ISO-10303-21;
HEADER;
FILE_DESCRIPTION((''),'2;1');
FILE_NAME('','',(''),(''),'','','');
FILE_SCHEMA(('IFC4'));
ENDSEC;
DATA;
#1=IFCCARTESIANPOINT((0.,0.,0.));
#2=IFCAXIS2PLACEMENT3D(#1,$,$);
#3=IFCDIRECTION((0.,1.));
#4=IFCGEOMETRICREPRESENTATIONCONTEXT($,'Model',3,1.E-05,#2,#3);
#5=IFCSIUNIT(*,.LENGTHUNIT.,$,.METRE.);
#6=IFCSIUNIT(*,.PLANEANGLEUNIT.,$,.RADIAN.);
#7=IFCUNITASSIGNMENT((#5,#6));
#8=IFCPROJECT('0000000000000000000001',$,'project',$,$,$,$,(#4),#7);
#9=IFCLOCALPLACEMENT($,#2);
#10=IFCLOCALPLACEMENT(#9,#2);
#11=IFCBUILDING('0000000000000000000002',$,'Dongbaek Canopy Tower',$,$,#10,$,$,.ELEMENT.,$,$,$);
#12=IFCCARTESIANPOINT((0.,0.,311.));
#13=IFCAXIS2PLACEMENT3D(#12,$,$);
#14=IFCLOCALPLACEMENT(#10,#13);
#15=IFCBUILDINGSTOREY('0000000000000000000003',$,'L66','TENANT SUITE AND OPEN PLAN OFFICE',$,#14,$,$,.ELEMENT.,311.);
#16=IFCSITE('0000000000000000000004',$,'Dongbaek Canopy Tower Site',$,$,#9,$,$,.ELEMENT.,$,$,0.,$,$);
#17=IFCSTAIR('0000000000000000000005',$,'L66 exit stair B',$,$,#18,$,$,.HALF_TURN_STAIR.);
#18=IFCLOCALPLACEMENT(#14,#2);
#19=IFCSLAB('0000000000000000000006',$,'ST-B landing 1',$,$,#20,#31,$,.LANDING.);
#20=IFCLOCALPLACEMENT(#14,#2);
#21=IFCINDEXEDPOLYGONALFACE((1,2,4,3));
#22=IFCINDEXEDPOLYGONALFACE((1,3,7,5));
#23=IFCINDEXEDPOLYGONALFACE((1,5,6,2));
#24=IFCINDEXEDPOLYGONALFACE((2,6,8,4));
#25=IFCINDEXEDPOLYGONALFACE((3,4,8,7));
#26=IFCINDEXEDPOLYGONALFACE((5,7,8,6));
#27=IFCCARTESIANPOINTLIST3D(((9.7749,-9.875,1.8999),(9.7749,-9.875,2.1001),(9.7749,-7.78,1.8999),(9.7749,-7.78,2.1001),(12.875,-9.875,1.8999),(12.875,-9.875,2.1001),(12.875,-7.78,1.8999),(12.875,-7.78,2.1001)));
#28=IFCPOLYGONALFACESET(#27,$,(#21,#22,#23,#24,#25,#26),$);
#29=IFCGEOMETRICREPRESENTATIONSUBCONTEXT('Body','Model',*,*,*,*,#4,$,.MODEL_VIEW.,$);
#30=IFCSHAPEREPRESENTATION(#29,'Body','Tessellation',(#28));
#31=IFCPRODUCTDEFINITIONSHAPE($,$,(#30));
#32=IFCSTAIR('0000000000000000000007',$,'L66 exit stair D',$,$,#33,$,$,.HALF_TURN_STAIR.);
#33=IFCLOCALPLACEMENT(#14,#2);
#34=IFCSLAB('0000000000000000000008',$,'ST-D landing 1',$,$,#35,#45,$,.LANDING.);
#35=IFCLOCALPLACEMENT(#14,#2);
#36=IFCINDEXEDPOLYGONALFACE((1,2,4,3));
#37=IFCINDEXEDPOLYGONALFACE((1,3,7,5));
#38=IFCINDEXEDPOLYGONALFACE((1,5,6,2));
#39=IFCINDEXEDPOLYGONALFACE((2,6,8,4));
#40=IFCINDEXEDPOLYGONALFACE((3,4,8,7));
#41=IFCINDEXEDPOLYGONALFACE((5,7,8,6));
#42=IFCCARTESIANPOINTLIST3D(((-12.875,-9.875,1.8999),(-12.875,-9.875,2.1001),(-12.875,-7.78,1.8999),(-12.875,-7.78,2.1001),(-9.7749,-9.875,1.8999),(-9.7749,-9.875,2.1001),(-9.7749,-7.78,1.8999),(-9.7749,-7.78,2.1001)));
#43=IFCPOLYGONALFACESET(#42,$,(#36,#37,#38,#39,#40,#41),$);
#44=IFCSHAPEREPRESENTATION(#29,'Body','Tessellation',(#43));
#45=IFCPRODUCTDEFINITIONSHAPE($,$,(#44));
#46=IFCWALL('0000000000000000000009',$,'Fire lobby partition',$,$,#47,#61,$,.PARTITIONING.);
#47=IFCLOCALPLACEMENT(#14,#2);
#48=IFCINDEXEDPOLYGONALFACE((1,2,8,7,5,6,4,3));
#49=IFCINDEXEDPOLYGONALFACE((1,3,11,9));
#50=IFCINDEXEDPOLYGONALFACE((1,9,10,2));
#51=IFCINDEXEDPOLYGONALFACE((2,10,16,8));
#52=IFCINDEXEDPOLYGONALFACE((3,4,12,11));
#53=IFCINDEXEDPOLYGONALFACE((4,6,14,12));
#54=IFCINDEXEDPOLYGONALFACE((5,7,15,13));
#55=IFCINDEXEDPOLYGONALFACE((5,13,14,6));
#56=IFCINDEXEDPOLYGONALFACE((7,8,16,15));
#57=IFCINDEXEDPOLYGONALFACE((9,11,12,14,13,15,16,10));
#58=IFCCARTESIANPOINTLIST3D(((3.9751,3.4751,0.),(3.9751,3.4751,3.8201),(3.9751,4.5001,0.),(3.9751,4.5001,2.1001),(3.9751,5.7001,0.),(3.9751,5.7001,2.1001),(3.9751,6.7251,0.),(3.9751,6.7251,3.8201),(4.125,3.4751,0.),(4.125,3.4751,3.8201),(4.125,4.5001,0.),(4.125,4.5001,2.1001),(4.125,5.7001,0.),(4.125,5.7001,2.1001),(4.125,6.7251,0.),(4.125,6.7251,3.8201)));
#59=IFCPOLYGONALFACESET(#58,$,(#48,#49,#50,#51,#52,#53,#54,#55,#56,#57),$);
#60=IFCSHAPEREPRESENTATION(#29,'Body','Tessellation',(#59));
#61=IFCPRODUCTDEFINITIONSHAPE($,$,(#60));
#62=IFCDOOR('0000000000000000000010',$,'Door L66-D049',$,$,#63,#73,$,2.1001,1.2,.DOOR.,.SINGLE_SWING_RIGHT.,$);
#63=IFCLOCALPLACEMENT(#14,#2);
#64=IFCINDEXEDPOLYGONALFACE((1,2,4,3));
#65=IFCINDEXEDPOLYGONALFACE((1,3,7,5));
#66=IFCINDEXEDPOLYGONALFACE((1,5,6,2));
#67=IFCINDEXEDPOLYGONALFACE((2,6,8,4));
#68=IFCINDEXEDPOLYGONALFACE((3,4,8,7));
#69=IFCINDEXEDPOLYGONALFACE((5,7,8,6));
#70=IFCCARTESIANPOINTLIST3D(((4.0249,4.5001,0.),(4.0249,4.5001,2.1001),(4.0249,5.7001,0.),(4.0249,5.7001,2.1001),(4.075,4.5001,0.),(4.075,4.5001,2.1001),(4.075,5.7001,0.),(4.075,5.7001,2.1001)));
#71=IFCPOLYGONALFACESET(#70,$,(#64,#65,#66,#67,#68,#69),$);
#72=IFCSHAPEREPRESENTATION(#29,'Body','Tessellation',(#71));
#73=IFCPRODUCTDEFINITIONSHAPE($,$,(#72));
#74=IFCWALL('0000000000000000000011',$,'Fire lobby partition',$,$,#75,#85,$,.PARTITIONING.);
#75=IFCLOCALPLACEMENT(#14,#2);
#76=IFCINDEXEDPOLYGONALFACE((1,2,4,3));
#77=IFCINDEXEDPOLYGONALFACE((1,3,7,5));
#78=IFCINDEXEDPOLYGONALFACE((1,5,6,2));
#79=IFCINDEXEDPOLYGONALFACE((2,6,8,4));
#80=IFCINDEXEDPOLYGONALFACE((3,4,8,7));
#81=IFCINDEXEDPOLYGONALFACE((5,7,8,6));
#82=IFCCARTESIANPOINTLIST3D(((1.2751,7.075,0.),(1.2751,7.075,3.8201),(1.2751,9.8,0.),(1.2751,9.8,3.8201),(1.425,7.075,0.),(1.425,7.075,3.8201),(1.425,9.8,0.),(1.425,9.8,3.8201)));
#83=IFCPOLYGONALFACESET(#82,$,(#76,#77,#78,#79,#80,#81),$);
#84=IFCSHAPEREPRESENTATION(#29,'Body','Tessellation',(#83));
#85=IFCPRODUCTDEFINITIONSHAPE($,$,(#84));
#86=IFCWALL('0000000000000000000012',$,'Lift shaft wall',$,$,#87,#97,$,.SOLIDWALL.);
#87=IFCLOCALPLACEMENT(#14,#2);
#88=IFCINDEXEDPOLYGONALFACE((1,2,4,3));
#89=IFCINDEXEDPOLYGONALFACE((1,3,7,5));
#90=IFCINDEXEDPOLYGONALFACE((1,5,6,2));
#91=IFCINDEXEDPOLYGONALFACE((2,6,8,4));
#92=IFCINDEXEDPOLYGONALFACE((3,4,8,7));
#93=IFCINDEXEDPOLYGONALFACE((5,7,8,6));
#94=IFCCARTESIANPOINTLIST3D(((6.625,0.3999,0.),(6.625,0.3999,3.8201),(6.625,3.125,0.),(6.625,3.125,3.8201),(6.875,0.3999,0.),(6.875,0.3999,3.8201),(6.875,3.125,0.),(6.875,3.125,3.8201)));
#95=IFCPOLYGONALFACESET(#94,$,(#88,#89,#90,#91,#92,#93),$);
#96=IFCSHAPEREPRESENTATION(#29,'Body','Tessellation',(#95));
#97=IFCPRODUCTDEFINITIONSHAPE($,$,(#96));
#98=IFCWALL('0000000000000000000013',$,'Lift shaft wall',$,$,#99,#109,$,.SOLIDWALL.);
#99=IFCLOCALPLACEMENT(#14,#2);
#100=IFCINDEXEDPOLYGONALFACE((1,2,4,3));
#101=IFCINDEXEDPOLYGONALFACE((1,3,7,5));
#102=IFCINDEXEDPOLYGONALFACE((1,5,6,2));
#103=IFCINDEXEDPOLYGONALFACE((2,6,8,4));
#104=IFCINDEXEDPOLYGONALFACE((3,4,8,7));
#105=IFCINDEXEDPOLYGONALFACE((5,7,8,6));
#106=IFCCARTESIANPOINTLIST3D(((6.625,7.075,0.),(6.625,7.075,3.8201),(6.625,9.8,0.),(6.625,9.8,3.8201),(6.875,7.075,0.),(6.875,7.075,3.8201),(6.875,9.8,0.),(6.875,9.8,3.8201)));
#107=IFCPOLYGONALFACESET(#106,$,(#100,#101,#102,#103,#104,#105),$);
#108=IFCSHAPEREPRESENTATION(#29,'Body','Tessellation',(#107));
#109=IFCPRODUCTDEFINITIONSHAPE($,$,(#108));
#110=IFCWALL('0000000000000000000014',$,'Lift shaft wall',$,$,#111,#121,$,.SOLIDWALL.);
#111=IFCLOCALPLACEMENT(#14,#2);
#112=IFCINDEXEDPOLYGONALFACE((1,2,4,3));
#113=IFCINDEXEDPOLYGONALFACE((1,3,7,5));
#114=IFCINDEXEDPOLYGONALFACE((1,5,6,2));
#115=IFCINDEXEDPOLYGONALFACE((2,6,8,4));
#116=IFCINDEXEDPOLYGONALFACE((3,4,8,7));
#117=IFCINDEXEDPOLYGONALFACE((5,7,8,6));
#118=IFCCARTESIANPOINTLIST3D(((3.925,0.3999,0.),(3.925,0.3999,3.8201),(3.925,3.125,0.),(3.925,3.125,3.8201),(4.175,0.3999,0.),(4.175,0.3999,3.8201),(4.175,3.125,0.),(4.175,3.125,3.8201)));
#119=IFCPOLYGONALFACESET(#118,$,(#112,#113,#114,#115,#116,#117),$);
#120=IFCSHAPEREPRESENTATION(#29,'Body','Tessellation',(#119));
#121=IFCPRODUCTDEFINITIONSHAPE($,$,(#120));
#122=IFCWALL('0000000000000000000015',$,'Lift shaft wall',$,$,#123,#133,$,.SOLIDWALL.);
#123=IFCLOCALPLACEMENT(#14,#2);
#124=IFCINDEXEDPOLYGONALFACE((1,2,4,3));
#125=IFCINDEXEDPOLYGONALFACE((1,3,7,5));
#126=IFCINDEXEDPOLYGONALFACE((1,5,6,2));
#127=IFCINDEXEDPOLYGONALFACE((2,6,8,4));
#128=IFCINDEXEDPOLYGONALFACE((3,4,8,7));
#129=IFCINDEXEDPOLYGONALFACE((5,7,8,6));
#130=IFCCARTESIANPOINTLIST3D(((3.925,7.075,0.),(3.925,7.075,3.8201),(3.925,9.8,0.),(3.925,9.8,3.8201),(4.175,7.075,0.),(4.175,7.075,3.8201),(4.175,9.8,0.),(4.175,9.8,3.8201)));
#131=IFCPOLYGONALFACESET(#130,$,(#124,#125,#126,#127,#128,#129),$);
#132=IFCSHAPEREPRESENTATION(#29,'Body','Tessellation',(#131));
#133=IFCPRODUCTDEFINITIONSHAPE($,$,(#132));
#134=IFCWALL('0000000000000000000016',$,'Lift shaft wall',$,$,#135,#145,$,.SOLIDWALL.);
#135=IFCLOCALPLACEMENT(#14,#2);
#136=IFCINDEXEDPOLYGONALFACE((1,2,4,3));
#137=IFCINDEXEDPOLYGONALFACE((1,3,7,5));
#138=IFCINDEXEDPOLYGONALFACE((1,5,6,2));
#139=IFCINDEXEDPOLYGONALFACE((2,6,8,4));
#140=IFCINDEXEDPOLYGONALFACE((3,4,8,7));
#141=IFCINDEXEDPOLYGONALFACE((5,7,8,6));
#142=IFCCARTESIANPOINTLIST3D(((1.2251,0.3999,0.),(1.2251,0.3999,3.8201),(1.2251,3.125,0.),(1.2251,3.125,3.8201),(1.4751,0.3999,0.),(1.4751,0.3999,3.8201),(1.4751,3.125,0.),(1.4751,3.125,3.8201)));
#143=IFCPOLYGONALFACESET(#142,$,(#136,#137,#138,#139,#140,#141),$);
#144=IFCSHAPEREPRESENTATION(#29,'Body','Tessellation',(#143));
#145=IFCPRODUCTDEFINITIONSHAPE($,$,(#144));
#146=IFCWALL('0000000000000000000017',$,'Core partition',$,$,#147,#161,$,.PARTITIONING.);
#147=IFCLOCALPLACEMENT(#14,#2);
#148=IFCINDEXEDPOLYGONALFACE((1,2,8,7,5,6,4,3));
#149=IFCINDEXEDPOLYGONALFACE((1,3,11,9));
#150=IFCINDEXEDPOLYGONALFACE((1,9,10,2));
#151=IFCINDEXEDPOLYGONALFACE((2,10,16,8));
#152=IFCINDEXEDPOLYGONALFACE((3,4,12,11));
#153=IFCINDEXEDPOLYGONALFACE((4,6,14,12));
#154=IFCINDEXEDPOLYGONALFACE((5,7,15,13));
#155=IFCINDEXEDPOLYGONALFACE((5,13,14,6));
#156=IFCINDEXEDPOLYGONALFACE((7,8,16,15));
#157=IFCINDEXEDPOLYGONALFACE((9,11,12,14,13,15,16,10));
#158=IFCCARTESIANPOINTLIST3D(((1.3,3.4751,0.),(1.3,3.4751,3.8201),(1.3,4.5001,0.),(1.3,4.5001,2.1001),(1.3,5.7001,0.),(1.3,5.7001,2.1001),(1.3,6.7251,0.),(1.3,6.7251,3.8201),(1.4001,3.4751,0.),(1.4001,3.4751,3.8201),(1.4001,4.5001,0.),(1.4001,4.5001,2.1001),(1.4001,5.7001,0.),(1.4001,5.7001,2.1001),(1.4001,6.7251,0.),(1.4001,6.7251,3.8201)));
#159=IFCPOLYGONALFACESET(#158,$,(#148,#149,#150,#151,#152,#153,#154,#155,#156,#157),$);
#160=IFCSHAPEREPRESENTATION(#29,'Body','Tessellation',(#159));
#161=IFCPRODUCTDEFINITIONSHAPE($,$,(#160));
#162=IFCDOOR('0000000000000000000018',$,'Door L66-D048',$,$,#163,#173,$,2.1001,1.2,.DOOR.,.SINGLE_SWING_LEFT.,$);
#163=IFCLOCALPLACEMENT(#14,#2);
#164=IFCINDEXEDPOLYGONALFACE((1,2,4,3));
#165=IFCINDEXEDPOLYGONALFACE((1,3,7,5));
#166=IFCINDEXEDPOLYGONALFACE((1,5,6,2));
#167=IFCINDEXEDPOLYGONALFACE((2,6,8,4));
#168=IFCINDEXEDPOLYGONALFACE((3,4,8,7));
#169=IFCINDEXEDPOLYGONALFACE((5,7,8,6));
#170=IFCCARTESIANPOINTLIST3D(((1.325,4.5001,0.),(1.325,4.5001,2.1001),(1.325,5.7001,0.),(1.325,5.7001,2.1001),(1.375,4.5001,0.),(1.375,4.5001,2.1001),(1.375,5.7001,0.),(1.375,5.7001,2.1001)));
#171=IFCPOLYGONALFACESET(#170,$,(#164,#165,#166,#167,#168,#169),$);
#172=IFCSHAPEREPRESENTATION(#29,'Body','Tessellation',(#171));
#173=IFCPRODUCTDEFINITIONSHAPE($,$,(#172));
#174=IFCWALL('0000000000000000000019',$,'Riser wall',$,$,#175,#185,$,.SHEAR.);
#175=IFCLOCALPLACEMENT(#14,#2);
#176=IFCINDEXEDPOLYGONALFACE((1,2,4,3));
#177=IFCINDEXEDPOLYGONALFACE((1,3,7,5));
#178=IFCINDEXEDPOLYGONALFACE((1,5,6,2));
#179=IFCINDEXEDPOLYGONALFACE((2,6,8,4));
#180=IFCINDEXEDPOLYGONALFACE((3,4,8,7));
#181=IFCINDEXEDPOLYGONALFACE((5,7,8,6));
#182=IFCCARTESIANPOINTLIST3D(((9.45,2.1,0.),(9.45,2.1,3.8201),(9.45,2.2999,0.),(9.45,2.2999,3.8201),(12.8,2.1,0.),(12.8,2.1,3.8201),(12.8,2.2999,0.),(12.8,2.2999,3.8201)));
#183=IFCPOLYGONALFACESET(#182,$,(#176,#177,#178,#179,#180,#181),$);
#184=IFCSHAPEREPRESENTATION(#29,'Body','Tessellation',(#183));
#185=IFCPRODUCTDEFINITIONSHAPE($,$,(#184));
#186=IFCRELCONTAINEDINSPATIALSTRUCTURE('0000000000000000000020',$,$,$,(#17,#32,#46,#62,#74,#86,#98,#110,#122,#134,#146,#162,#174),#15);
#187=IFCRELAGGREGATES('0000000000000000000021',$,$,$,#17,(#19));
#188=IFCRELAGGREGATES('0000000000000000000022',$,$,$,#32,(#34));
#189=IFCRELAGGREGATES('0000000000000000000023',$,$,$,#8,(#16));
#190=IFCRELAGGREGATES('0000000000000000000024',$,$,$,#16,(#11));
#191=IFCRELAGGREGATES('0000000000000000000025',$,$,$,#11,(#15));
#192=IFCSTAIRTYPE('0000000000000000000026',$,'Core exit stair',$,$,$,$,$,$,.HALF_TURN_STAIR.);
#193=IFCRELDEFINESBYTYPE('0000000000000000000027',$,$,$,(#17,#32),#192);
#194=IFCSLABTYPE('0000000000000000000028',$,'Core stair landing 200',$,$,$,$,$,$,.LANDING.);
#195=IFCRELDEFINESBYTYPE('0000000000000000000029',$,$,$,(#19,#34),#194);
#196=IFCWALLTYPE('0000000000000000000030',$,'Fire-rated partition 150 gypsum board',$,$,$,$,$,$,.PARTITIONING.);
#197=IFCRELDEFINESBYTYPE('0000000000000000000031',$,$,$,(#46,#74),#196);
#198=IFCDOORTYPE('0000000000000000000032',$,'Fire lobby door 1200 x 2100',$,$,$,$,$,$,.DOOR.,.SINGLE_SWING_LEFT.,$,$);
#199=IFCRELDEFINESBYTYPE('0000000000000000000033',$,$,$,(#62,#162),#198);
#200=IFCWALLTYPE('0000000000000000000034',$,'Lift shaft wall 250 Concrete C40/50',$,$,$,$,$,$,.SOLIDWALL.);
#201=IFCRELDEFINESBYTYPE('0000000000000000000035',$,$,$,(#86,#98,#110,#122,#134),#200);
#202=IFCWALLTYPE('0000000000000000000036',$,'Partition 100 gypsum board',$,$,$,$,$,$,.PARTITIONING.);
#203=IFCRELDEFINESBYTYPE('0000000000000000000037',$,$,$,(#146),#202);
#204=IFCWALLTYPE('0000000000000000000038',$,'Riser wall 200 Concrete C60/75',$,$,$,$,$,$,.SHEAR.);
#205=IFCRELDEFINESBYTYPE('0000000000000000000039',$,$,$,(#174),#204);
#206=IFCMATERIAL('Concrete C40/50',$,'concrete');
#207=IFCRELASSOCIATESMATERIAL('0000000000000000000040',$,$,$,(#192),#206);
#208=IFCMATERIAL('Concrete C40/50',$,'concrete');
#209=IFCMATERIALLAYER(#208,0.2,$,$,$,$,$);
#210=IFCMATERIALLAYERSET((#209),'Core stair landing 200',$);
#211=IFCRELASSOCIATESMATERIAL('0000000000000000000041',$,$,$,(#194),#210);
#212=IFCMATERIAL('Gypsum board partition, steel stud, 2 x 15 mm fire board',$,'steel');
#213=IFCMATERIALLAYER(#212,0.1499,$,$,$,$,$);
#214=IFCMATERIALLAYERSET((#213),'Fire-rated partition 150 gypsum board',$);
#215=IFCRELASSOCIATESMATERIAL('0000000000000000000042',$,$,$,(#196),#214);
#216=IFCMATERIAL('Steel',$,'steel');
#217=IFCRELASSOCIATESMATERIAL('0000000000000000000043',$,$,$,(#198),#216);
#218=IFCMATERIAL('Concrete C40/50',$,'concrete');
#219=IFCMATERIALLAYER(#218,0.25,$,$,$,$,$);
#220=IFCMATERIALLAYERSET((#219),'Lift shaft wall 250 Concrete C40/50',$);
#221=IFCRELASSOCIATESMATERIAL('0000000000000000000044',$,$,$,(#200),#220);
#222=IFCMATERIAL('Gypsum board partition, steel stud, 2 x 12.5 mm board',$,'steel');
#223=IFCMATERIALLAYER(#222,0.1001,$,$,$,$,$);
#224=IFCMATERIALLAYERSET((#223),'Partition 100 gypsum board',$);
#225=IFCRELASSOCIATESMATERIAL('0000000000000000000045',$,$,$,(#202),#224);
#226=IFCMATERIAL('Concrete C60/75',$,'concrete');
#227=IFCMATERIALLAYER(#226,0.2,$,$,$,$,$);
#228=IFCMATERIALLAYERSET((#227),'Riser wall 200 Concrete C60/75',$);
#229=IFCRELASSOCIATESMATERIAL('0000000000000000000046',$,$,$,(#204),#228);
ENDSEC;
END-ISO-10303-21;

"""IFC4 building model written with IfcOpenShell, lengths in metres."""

from ifc_helpers import new_model, si_unit, direction, frame, frame_2d, origin, place, context, subcontext, project, spatial, polyline, rectangle, outline, extrude, material, layer, layer_set, type_object, element, fill, aggregate, save


model = new_model("IFC4")

# Units and contexts
model_context = context("Model", 3, precision=1e-05, world=origin(), true_north=direction((0.0, 1.0)))
body_context = subcontext(model_context, "Body", "Model", "MODEL_VIEW")
ifc_project = project(units=[si_unit("LENGTHUNIT", "METRE"), si_unit("PLANEANGLEUNIT", "RADIAN")], contexts=[model_context])

# Site, building, storey
site_placement = place(None, origin())
site = spatial("IfcSite", under=ifc_project, at=site_placement, Name="Dongbaek Canopy Tower Site", CompositionType="ELEMENT", RefElevation=0.0)
building_placement = place(site_placement, origin())
building = spatial("IfcBuilding", under=site, at=building_placement, Name="Dongbaek Canopy Tower", CompositionType="ELEMENT")
storey_placement = place(building_placement, frame((0.0, 0.0, 311.0)))
storey = spatial("IfcBuildingStorey", under=building, at=storey_placement, Name="L66", Description="TENANT SUITE AND OPEN PLAN OFFICE", CompositionType="ELEMENT", Elevation=311.0)

# Stairs, slabs
ifc_material_1 = material(Name="Concrete C40/50", Category="concrete")
stair_type = type_object("IfcStairType", Name="Core exit stair", PredefinedType="HALF_TURN_STAIR", material=ifc_material_1)
stair_1_placement = place(storey_placement, origin())
stair_1 = element("IfcStair", 1, at=stair_1_placement, inside=storey, type_object=stair_type, Name="L66 exit stair B", PredefinedType="HALF_TURN_STAIR")
ifc_material_2 = material(Name="Concrete C40/50", Category="concrete")
ifc_layer_1 = layer(ifc_material_2, 0.2)
ifc_layer_set_1 = layer_set([ifc_layer_1], Name="Core stair landing 200")
slab_type = type_object("IfcSlabType", Name="Core stair landing 200", PredefinedType="LANDING", material=ifc_layer_set_1)
slab_1_placement = place(storey_placement, frame((0.0, 0.0, 1.8999)))
slab_1 = element("IfcSlab", 2, at=slab_1_placement, type_object=slab_type, Name="ST-B landing 1", PredefinedType="LANDING", context=body_context, shape_type="SweptSolid", body=[
    extrude(outline(polyline([(9.7749, -7.78), (9.7749, -9.875), (12.875, -9.875), (12.875, -7.78), (9.7749, -7.78)])), origin(), (0.0, 0.0, 1.0), 0.2002),
])
aggregate(stair_1, [slab_1])
stair_2_placement = place(storey_placement, origin())
stair_2 = element("IfcStair", 3, at=stair_2_placement, inside=storey, type_object=stair_type, Name="L66 exit stair D", PredefinedType="HALF_TURN_STAIR")
slab_2_placement = place(storey_placement, frame((0.0, 0.0, 1.8999)))
slab_2 = element("IfcSlab", 4, at=slab_2_placement, type_object=slab_type, Name="ST-D landing 1", PredefinedType="LANDING", context=body_context, shape_type="SweptSolid", body=[
    extrude(outline(polyline([(-12.875, -7.78), (-12.875, -9.875), (-9.7749, -9.875), (-9.7749, -7.78), (-12.875, -7.78)])), origin(), (0.0, 0.0, 1.0), 0.2002),
])
aggregate(stair_2, [slab_2])

# Wall, opening, door
ifc_material_3 = material(Name="Gypsum board partition, steel stud, 2 x 15 mm fire board", Category="steel")
ifc_layer_2 = layer(ifc_material_3, 0.1499)
ifc_layer_set_2 = layer_set([ifc_layer_2], Name="Fire-rated partition 150 gypsum board")
wall_type_1 = type_object("IfcWallType", Name="Fire-rated partition 150 gypsum board", PredefinedType="PARTITIONING", material=ifc_layer_set_2)
wall_1_placement = place(storey_placement, frame((4.05, 6.7251, 0.0), z_axis=(0.0, 0.0, 1.0), x_axis=(0.0, -1.0, 0.0)))
wall_1 = element("IfcWall", 5, at=wall_1_placement, inside=storey, type_object=wall_type_1, Name="Fire lobby partition", PredefinedType="PARTITIONING", context=body_context, shape_type="SweptSolid", body=[
    extrude(rectangle(XDim=3.25, YDim=0.1499, at=frame_2d((1.625, 0.0))), origin(), (0.0, 0.0, 1.0), 3.8201),
])
opening_1_placement = place(wall_1_placement, frame((1.0249, 0.0, 0.0)))
opening_1 = element("IfcOpeningElement", 6, at=opening_1_placement, cuts=wall_1, PredefinedType="OPENING", context=body_context, shape_type="SweptSolid", body=[
    extrude(rectangle(XDim=1.2, YDim=2.1001, at=frame_2d((0.6001, 1.05))), frame((0.0, 0.085, 0.0), z_axis=(0.0, -1.0, 0.0), x_axis=(1.0, 0.0, 0.0)), (0.0, 0.0, 1.0), 0.1699),
])
ifc_material_4 = material(Name="Steel", Category="steel")
door_type = type_object("IfcDoorType", Name="Fire lobby door 1200 x 2100", OperationType="SINGLE_SWING_LEFT", PredefinedType="DOOR", material=ifc_material_4)
door_1_placement = place(opening_1_placement, origin())
door_1 = element("IfcDoor", 7, at=door_1_placement, inside=storey, type_object=door_type, Name="Door L66-D049", OperationType="SINGLE_SWING_RIGHT", OverallHeight=2.1001, OverallWidth=1.2, PredefinedType="DOOR", context=body_context, shape_type="SweptSolid", body=[
    extrude(rectangle(XDim=1.2, YDim=2.1001, at=frame_2d((0.6001, 1.05))), frame((0.0, 0.0249, 0.0), z_axis=(0.0, -1.0, 0.0), x_axis=(1.0, 0.0, 0.0)), (0.0, 0.0, 1.0), 0.05),
])
fill(opening_1, door_1)

# Walls
wall_2_placement = place(storey_placement, frame((1.3501, 7.075, 0.0), z_axis=(0.0, 0.0, 1.0), x_axis=(0.0, 1.0, 0.0)))
element("IfcWall", 8, at=wall_2_placement, inside=storey, type_object=wall_type_1, Name="Fire lobby partition", PredefinedType="PARTITIONING", context=body_context, shape_type="SweptSolid", body=[
    extrude(rectangle(XDim=2.7251, YDim=0.1499, at=frame_2d((1.3625, 0.0))), origin(), (0.0, 0.0, 1.0), 3.8201),
])
ifc_material_5 = material(Name="Concrete C40/50", Category="concrete")
ifc_layer_3 = layer(ifc_material_5, 0.25)
ifc_layer_set_3 = layer_set([ifc_layer_3], Name="Lift shaft wall 250 Concrete C40/50")
wall_type_2 = type_object("IfcWallType", Name="Lift shaft wall 250 Concrete C40/50", PredefinedType="SOLIDWALL", material=ifc_layer_set_3)
for number, where, z_axis, x_axis, name in (
    (9, (6.75, 0.3999, 0.0), (0.0, 0.0, 1.0), (0.0, 1.0, 0.0), "Lift shaft wall"),
    (10, (6.75, 7.075, 0.0), (0.0, 0.0, 1.0), (0.0, 1.0, 0.0), "Lift shaft wall"),
    (11, (4.05, 0.3999, 0.0), (0.0, 0.0, 1.0), (0.0, 1.0, 0.0), "Lift shaft wall"),
    (12, (4.05, 7.075, 0.0), (0.0, 0.0, 1.0), (0.0, 1.0, 0.0), "Lift shaft wall"),
    (13, (1.3501, 0.3999, 0.0), (0.0, 0.0, 1.0), (0.0, 1.0, 0.0), "Lift shaft wall"),
):
    element("IfcWall", number, at=place(storey_placement, frame(where, z_axis=z_axis, x_axis=x_axis)), inside=storey, type_object=wall_type_2, Name=name, PredefinedType="SOLIDWALL", context=body_context, shape_type="SweptSolid", body=[
        extrude(rectangle(XDim=2.7251, YDim=0.25, at=frame_2d((1.3625, 0.0))), origin(), (0.0, 0.0, 1.0), 3.8201),
    ])

# Wall, opening, door
ifc_material_6 = material(Name="Gypsum board partition, steel stud, 2 x 12.5 mm board", Category="steel")
ifc_layer_4 = layer(ifc_material_6, 0.1001)
ifc_layer_set_4 = layer_set([ifc_layer_4], Name="Partition 100 gypsum board")
wall_type_3 = type_object("IfcWallType", Name="Partition 100 gypsum board", PredefinedType="PARTITIONING", material=ifc_layer_set_4)
wall_3_placement = place(storey_placement, frame((1.3501, 6.7251, 0.0), z_axis=(0.0, 0.0, 1.0), x_axis=(0.0, -1.0, 0.0)))
wall_3 = element("IfcWall", 14, at=wall_3_placement, inside=storey, type_object=wall_type_3, Name="Core partition", PredefinedType="PARTITIONING", context=body_context, shape_type="SweptSolid", body=[
    extrude(rectangle(XDim=3.25, YDim=0.1001, at=frame_2d((1.625, 0.0))), origin(), (0.0, 0.0, 1.0), 3.8201),
])
opening_2_placement = place(wall_3_placement, frame((1.0249, 0.0, 0.0)))
opening_2 = element("IfcOpeningElement", 15, at=opening_2_placement, cuts=wall_3, PredefinedType="OPENING", context=body_context, shape_type="SweptSolid", body=[
    extrude(rectangle(XDim=1.2, YDim=2.1001, at=frame_2d((0.6001, 1.05))), frame((0.0, 0.0601, 0.0), z_axis=(0.0, -1.0, 0.0), x_axis=(1.0, 0.0, 0.0)), (0.0, 0.0, 1.0), 0.1201),
])
door_2_placement = place(opening_2_placement, origin())
door_2 = element("IfcDoor", 16, at=door_2_placement, inside=storey, type_object=door_type, Name="Door L66-D048", OperationType="SINGLE_SWING_LEFT", OverallHeight=2.1001, OverallWidth=1.2, PredefinedType="DOOR", context=body_context, shape_type="SweptSolid", body=[
    extrude(rectangle(XDim=1.2, YDim=2.1001, at=frame_2d((0.6001, 1.05))), frame((0.0, 0.0249, 0.0), z_axis=(0.0, -1.0, 0.0), x_axis=(1.0, 0.0, 0.0)), (0.0, 0.0, 1.0), 0.05),
])
fill(opening_2, door_2)

# Wall
ifc_material_7 = material(Name="Concrete C60/75", Category="concrete")
ifc_layer_5 = layer(ifc_material_7, 0.2)
ifc_layer_set_5 = layer_set([ifc_layer_5], Name="Riser wall 200 Concrete C60/75")
wall_type_4 = type_object("IfcWallType", Name="Riser wall 200 Concrete C60/75", PredefinedType="SHEAR", material=ifc_layer_set_5)
wall_4_placement = place(storey_placement, frame((9.45, 2.2, 0.0), z_axis=(0.0, 0.0, 1.0), x_axis=(1.0, 0.0, 0.0)))
element("IfcWall", 17, at=wall_4_placement, inside=storey, type_object=wall_type_4, Name="Riser wall", PredefinedType="SHEAR", context=body_context, shape_type="SweptSolid", body=[
    extrude(rectangle(XDim=3.3501, YDim=0.2, at=frame_2d((1.675, 0.0))), origin(), (0.0, 0.0, 1.0), 3.8201),
])

save(model, "model.ifc")
